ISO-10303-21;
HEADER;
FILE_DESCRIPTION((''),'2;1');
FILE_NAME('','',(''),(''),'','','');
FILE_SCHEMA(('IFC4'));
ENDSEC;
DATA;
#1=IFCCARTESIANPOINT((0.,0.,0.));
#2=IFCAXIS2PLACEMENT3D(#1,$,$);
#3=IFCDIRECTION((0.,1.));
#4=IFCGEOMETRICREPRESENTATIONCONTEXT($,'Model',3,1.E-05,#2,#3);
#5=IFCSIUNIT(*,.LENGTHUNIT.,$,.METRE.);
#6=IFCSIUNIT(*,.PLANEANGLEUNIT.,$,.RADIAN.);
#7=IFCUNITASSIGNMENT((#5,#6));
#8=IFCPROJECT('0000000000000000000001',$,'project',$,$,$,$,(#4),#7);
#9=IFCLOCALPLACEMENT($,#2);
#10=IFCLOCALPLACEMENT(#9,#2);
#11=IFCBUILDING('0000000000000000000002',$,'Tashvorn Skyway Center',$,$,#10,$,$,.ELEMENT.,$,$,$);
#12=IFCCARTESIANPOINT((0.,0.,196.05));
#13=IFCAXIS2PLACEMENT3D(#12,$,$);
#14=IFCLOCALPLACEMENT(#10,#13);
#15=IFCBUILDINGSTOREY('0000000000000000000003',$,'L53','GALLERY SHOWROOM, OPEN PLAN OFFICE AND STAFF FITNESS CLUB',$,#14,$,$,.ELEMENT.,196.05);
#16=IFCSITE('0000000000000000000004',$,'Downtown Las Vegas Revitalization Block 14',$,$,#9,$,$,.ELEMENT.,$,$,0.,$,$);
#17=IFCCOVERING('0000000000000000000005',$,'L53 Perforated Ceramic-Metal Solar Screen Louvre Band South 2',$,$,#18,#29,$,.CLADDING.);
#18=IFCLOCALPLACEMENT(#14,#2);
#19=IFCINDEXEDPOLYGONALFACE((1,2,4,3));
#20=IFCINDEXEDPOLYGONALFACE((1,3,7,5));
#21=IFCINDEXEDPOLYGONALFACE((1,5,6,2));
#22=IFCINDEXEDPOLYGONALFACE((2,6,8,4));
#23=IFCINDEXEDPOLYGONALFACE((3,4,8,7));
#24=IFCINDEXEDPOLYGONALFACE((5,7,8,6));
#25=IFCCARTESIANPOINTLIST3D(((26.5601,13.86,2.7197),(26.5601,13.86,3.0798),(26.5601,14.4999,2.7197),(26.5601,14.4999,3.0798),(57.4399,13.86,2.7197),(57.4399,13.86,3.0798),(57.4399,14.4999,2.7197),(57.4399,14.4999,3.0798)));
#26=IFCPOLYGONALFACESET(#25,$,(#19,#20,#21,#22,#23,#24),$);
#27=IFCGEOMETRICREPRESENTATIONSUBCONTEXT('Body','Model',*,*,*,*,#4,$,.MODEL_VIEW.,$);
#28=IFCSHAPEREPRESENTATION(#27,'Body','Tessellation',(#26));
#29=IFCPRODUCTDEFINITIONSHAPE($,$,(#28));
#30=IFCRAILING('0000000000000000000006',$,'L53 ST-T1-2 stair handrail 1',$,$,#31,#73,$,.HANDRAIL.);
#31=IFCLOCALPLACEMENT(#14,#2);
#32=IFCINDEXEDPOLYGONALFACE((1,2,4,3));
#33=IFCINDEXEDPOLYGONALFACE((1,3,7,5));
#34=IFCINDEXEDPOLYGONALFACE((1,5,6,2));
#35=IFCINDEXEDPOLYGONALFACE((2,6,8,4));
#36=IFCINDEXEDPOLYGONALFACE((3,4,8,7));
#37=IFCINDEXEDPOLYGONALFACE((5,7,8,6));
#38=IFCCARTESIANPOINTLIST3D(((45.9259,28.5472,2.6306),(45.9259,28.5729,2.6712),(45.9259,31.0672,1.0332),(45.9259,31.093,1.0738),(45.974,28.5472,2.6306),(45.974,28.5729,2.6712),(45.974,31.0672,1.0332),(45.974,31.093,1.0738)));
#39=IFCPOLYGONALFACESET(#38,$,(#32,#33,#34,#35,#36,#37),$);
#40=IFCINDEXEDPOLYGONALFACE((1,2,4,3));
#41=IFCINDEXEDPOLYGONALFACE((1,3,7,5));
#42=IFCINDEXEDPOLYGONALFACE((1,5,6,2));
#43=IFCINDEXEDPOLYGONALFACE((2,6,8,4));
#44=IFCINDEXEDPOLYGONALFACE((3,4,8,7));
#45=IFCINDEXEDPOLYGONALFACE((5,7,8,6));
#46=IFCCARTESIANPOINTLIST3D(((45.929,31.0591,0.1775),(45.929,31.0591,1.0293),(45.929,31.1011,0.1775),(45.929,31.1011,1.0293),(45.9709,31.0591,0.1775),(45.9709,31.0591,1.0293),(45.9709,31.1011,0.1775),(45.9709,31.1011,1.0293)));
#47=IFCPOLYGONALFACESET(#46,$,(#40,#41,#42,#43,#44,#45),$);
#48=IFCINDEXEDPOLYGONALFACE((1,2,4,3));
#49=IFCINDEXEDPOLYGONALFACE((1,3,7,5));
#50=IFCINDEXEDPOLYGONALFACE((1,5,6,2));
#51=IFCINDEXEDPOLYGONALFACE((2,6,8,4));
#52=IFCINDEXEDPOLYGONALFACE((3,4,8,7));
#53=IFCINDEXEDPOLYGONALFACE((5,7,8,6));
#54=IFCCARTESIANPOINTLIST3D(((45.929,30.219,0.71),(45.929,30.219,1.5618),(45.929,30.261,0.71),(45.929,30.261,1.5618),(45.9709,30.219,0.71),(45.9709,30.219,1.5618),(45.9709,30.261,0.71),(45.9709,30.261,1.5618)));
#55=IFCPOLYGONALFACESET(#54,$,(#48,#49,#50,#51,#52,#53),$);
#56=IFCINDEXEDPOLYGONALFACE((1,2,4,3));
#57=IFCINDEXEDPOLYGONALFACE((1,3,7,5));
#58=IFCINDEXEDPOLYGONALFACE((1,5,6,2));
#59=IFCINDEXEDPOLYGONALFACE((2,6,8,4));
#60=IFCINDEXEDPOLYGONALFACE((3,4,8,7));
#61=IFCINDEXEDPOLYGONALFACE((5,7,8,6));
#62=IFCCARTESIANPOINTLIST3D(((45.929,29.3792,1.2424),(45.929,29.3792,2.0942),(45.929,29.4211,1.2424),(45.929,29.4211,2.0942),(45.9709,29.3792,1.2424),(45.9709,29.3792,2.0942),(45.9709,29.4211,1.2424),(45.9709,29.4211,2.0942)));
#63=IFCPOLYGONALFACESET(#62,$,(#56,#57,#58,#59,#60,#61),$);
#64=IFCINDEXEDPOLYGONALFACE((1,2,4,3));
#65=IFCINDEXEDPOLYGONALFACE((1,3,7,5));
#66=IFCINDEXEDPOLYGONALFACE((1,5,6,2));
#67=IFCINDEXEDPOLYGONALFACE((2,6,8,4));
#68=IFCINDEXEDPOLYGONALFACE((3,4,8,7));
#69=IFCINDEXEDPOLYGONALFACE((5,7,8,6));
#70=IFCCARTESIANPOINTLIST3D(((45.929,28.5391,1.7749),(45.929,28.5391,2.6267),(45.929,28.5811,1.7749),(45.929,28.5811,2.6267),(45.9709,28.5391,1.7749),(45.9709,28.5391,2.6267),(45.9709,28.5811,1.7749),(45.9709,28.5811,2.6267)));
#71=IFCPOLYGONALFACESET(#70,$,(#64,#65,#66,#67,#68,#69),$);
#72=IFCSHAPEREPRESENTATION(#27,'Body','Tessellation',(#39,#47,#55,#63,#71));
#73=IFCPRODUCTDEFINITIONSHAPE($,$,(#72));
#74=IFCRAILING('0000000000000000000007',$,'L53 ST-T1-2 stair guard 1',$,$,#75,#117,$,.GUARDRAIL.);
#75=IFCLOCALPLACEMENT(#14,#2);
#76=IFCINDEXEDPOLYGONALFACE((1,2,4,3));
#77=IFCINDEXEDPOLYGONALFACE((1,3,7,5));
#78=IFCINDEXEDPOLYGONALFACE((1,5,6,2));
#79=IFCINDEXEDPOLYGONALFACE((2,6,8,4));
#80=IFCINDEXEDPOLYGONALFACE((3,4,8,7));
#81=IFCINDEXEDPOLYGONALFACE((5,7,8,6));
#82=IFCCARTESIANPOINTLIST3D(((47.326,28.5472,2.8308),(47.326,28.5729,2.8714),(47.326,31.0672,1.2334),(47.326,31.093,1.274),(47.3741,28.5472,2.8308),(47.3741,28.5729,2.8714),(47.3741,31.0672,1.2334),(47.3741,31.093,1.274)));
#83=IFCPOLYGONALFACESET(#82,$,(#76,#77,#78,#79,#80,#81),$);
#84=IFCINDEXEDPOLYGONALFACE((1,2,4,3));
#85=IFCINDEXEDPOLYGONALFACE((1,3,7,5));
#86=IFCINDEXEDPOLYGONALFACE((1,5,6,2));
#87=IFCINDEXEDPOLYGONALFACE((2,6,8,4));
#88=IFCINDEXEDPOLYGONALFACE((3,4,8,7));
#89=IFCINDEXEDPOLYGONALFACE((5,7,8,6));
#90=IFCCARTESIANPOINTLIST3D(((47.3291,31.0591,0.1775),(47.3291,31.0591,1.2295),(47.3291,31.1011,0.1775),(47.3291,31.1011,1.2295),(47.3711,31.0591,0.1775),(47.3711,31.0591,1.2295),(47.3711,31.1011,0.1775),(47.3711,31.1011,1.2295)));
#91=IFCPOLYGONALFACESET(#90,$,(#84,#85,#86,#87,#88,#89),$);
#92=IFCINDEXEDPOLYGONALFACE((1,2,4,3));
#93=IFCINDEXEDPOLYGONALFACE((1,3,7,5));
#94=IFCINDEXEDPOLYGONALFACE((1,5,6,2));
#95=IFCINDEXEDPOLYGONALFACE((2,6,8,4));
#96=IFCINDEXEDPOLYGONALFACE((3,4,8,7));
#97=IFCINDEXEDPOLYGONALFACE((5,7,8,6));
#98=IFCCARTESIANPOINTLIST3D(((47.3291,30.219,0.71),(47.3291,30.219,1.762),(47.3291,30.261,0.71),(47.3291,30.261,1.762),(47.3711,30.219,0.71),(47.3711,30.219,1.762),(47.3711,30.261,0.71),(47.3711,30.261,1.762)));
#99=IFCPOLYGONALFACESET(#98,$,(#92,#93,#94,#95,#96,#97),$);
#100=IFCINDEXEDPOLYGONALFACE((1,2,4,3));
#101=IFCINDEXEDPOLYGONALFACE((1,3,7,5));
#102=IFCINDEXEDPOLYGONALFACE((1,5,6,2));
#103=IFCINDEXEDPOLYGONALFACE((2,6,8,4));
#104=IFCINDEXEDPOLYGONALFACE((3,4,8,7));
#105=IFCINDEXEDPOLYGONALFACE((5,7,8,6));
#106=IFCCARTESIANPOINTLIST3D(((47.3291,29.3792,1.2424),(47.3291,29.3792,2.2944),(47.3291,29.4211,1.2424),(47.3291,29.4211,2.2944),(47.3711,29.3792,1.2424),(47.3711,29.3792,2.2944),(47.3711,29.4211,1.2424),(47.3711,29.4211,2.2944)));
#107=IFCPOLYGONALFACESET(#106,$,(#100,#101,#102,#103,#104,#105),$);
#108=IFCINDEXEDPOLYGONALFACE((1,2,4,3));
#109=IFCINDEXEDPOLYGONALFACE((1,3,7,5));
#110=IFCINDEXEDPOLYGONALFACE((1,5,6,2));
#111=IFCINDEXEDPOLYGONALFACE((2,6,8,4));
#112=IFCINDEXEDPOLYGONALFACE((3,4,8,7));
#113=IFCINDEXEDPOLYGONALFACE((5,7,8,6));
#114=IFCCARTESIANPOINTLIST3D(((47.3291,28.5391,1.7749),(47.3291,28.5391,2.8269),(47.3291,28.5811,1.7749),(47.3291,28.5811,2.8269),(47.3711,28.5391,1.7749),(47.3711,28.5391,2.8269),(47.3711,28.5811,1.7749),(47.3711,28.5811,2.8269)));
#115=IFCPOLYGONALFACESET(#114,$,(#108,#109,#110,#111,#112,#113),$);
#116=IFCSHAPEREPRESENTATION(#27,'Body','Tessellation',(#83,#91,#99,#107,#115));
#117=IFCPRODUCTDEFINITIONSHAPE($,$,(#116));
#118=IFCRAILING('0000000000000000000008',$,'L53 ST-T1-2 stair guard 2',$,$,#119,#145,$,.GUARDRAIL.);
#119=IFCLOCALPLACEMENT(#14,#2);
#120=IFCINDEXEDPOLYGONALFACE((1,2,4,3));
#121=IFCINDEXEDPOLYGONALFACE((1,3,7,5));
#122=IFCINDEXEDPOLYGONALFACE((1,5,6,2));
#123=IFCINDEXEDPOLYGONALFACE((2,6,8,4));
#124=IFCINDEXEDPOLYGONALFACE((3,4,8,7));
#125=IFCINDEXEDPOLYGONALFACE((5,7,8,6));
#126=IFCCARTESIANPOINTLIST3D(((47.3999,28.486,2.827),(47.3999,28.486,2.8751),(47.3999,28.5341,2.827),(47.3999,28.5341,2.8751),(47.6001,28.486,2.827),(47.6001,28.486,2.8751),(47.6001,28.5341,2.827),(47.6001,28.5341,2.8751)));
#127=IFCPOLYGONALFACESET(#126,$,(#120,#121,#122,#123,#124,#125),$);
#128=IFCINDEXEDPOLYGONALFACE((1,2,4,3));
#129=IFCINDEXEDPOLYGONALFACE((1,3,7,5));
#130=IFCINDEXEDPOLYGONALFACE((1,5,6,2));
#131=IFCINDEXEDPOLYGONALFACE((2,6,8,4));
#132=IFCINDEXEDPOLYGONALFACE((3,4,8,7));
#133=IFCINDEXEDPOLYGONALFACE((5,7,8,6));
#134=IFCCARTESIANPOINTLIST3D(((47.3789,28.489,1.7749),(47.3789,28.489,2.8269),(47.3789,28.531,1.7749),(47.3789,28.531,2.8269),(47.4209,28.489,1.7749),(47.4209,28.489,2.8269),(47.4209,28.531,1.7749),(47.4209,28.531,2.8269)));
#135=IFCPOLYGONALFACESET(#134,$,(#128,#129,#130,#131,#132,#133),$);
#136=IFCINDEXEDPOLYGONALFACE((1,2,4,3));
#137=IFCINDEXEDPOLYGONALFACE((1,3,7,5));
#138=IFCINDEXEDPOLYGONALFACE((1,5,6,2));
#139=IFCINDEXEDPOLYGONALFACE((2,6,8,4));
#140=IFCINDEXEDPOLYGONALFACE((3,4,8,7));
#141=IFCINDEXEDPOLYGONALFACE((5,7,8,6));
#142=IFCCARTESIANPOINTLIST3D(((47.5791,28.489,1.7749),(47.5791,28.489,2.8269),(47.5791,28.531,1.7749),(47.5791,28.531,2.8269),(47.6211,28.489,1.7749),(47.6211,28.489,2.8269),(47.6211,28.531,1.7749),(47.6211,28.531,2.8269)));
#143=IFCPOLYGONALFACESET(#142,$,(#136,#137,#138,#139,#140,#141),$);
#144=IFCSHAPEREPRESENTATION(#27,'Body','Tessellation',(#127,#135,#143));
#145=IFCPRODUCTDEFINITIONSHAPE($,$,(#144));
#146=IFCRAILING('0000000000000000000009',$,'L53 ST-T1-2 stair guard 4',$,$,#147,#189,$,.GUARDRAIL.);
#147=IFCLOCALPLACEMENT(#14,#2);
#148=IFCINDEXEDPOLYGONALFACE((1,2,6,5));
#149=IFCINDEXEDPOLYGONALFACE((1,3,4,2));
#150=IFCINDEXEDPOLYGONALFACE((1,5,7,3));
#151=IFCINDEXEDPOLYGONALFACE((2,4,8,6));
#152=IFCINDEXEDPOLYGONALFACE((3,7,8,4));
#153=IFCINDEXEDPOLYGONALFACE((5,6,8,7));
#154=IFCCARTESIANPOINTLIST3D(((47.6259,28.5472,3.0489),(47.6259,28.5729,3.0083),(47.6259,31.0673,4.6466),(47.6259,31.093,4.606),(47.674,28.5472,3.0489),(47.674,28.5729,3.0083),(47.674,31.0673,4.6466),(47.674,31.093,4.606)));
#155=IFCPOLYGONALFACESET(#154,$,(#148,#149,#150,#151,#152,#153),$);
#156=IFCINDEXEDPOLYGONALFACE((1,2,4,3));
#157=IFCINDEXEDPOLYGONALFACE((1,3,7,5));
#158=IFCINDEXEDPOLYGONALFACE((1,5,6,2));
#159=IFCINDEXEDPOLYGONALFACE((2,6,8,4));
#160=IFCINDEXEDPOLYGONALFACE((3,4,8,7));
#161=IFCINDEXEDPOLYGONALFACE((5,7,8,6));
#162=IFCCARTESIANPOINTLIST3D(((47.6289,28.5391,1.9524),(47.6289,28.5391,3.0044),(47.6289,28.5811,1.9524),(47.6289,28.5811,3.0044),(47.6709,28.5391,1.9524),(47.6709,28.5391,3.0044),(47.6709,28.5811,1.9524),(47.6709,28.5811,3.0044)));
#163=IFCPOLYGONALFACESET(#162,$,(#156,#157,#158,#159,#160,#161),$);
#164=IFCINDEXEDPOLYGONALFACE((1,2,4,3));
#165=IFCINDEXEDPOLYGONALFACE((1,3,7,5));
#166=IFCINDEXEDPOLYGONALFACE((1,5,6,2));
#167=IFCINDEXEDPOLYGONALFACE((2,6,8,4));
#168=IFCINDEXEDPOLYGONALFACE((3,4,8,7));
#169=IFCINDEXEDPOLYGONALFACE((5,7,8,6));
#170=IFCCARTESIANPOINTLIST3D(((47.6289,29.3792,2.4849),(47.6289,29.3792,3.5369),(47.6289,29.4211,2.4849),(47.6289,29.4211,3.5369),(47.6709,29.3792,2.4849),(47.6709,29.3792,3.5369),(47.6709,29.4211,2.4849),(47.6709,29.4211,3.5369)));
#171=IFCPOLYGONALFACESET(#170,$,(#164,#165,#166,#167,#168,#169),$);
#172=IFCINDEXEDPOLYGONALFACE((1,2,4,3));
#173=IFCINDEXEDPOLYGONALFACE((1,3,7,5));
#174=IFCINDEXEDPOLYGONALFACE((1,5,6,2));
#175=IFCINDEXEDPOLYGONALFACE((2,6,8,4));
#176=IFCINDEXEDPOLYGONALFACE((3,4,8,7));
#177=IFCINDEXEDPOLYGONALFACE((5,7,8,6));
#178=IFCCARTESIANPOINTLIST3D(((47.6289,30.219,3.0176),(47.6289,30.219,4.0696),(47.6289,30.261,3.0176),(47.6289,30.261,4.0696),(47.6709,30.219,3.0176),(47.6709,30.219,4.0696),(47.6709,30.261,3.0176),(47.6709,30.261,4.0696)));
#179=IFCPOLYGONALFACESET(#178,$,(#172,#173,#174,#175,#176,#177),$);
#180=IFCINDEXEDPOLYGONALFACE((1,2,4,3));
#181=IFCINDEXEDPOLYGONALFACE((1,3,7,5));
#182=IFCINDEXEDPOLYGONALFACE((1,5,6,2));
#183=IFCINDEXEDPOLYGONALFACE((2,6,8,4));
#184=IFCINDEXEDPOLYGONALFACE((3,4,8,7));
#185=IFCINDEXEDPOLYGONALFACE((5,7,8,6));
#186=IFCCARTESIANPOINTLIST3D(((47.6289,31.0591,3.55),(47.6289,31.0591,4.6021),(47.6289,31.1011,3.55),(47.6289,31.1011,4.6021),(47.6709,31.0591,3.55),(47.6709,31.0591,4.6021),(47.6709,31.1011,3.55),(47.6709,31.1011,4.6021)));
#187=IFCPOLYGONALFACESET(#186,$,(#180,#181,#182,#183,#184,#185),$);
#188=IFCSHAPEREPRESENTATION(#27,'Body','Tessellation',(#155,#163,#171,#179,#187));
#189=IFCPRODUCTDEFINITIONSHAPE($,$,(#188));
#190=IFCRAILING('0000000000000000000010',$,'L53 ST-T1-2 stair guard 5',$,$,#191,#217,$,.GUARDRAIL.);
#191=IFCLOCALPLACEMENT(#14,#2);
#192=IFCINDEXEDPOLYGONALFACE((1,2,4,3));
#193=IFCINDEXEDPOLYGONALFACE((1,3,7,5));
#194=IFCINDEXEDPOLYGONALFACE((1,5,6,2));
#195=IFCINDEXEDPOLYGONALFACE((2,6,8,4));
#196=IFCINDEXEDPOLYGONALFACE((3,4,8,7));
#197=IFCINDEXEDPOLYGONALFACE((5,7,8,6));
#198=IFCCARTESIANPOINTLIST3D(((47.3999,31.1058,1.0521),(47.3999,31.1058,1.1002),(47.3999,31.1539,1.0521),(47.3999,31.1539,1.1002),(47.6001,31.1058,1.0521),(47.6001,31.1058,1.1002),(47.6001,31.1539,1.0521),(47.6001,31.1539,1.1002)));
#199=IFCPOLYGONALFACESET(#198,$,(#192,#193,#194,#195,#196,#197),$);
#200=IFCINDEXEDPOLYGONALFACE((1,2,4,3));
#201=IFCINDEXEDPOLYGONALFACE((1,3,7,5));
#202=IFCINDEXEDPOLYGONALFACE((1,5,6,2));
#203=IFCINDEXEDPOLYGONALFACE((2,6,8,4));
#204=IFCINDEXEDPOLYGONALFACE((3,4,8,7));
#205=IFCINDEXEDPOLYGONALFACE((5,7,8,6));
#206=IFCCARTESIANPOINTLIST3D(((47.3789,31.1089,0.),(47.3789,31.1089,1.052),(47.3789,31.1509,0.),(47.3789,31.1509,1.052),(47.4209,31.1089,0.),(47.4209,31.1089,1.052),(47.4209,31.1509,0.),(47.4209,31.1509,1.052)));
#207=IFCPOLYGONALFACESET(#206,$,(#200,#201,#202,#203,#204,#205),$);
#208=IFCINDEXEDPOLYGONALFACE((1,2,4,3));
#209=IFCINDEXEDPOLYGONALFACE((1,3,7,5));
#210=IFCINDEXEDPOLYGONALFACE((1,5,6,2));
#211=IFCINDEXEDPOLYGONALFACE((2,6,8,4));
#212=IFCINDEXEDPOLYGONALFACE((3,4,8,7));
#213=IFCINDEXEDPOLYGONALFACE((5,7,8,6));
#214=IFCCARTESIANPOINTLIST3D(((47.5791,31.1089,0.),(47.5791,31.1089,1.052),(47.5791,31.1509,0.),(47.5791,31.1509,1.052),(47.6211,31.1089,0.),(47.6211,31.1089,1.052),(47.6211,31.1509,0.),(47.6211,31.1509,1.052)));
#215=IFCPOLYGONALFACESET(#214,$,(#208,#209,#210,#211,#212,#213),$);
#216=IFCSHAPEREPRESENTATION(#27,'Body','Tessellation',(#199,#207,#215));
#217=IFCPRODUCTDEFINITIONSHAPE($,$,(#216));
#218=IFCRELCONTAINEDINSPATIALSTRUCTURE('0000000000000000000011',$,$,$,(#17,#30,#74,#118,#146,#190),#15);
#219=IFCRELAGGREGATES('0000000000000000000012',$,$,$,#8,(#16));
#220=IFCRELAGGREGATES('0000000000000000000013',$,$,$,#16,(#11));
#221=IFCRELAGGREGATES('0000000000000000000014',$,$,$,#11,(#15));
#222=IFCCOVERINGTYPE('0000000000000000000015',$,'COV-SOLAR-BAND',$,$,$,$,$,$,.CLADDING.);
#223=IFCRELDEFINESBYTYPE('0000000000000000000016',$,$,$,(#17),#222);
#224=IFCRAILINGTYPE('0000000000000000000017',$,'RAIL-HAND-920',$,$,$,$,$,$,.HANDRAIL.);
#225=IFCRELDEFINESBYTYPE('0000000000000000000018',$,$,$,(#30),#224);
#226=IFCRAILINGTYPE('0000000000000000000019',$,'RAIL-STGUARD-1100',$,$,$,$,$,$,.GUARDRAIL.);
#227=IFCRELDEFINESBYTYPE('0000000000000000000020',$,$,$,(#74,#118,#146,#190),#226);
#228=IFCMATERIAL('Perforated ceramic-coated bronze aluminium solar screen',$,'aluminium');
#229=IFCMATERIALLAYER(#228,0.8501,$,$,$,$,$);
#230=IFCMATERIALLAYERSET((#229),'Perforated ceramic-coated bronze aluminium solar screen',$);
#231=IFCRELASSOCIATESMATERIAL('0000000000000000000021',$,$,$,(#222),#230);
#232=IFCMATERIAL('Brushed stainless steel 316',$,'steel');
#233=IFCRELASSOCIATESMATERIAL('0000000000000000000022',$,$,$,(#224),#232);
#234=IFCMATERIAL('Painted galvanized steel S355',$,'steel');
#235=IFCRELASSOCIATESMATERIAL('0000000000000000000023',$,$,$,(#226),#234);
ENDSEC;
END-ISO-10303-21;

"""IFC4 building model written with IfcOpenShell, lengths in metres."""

from ifc_helpers import new_model, si_unit, direction, frame, origin, origin_2d, place, context, subcontext, project, spatial, rectangle, extrude, material, layer, layer_set, type_object, element, save


model = new_model("IFC4")

# Units and contexts
model_context = context("Model", 3, precision=1e-05, world=origin(), true_north=direction((0.0, 1.0)))
body_context = subcontext(model_context, "Body", "Model", "MODEL_VIEW")
ifc_project = project(units=[si_unit("LENGTHUNIT", "METRE"), si_unit("PLANEANGLEUNIT", "RADIAN")], contexts=[model_context])

# Site, building, storey
site_placement = place(None, origin())
site = spatial("IfcSite", under=ifc_project, at=site_placement, Name="Downtown Las Vegas Revitalization Block 14", CompositionType="ELEMENT", RefElevation=0.0)
building_placement = place(site_placement, origin())
building = spatial("IfcBuilding", under=site, at=building_placement, Name="Tashvorn Skyway Center", CompositionType="ELEMENT")
storey_placement = place(building_placement, frame((0.0, 0.0, 196.05)))
storey = spatial("IfcBuildingStorey", under=building, at=storey_placement, Name="L53", Description="GALLERY SHOWROOM, OPEN PLAN OFFICE AND STAFF FITNESS CLUB", CompositionType="ELEMENT", Elevation=196.05)

# Covering
ifc_material_1 = material(Name="Perforated ceramic-coated bronze aluminium solar screen", Category="aluminium")
ifc_layer_1 = layer(ifc_material_1, 0.8501)
ifc_layer_set_1 = layer_set([ifc_layer_1], Name="Perforated ceramic-coated bronze aluminium solar screen")
covering_type_1 = type_object("IfcCoveringType", Name="COV-SOLAR-BAND", PredefinedType="CLADDING", material=ifc_layer_set_1)
for number, where, z_axis, x_axis, name in (
    (1, (42.0, 14.1799, 2.7197), (0.0, 0.0, 1.0), (-1.0, 0.0, 0.0), "L53 Perforated Ceramic-Metal Solar Screen Louvre Band South 2"),
):
    element("IfcCovering", number, at=place(storey_placement, frame(where, z_axis=z_axis, x_axis=x_axis)), inside=storey, type_object=covering_type_1, Name=name, PredefinedType="CLADDING", context=body_context, shape_type="SweptSolid", body=[
        extrude(rectangle(XDim=30.8799, YDim=0.6399, at=origin_2d()), origin(), (0.0, 0.0, 1.0), 0.3601),
    ])

# Railings
ifc_material_2 = material(Name="Brushed stainless steel 316", Category="steel")
railing_type_1 = type_object("IfcRailingType", Name="RAIL-HAND-920", PredefinedType="HANDRAIL", material=ifc_material_2)
railing_1_placement = place(storey_placement, frame((45.95, 31.0801, 0.1775)))
element("IfcRailing", 2, at=railing_1_placement, inside=storey, type_object=railing_type_1, Name="L53 ST-T1-2 stair handrail 1", PredefinedType="HANDRAIL", context=body_context, shape_type="SweptSolid", body=[
    extrude(rectangle(XDim=0.0481, YDim=0.0481, at=origin_2d()), frame((0.0, 0.0, 0.876), z_axis=(0.0, -0.844607, 0.535387), x_axis=(1.0, 0.0, 0.0)), (0.0, 0.0, 1.0), 2.9836),
    extrude(rectangle(XDim=0.042, YDim=0.042, at=origin_2d()), origin(), (0.0, 0.0, 1.0), 0.8518),
    extrude(rectangle(XDim=0.042, YDim=0.042, at=origin_2d()), frame((0.0, -0.8401, 0.5325)), (0.0, 0.0, 1.0), 0.8518),
    extrude(rectangle(XDim=0.042, YDim=0.042, at=origin_2d()), frame((0.0, -1.6799, 1.0649)), (0.0, 0.0, 1.0), 0.8518),
    extrude(rectangle(XDim=0.042, YDim=0.042, at=origin_2d()), frame((0.0, -2.52, 1.5974)), (0.0, 0.0, 1.0), 0.8518),
])
ifc_material_3 = material(Name="Painted galvanized steel S355", Category="steel")
railing_type_2 = type_object("IfcRailingType", Name="RAIL-STGUARD-1100", PredefinedType="GUARDRAIL", material=ifc_material_3)
railing_2_placement = place(storey_placement, frame((47.3501, 31.0801, 0.1775)))
element("IfcRailing", 3, at=railing_2_placement, inside=storey, type_object=railing_type_2, Name="L53 ST-T1-2 stair guard 1", PredefinedType="GUARDRAIL", context=body_context, shape_type="SweptSolid", body=[
    extrude(rectangle(XDim=0.0481, YDim=0.0481, at=origin_2d()), frame((0.0, 0.0, 1.0762), z_axis=(0.0, -0.844607, 0.535387), x_axis=(1.0, 0.0, 0.0)), (0.0, 0.0, 1.0), 2.9836),
    extrude(rectangle(XDim=0.042, YDim=0.042, at=origin_2d()), origin(), (0.0, 0.0, 1.0), 1.052),
    extrude(rectangle(XDim=0.042, YDim=0.042, at=origin_2d()), frame((0.0, -0.8401, 0.5325)), (0.0, 0.0, 1.0), 1.052),
    extrude(rectangle(XDim=0.042, YDim=0.042, at=origin_2d()), frame((0.0, -1.6799, 1.0649)), (0.0, 0.0, 1.0), 1.052),
    extrude(rectangle(XDim=0.042, YDim=0.042, at=origin_2d()), frame((0.0, -2.52, 1.5974)), (0.0, 0.0, 1.0), 1.052),
])
railing_3_placement = place(storey_placement, frame((47.3999, 28.51, 1.7749)))
element("IfcRailing", 4, at=railing_3_placement, inside=storey, type_object=railing_type_2, Name="L53 ST-T1-2 stair guard 2", PredefinedType="GUARDRAIL", context=body_context, shape_type="SweptSolid", body=[
    extrude(rectangle(XDim=0.0481, YDim=0.0481, at=origin_2d()), frame((0.0, 0.0, 1.0762), z_axis=(1.0, 0.0, 0.0), x_axis=(0.0, 1.0, 0.0)), (0.0, 0.0, 1.0), 0.2002),
    extrude(rectangle(XDim=0.042, YDim=0.042, at=origin_2d()), origin(), (0.0, 0.0, 1.0), 1.052),
    extrude(rectangle(XDim=0.042, YDim=0.042, at=origin_2d()), frame((0.2002, 0.0, 0.0)), (0.0, 0.0, 1.0), 1.052),
])
railing_4_placement = place(storey_placement, frame((47.6499, 28.5601, 1.9524)))
element("IfcRailing", 5, at=railing_4_placement, inside=storey, type_object=railing_type_2, Name="L53 ST-T1-2 stair guard 4", PredefinedType="GUARDRAIL", context=body_context, shape_type="SweptSolid", body=[
    extrude(rectangle(XDim=0.0481, YDim=0.0481, at=origin_2d()), frame((0.0, 0.0, 1.0762), z_axis=(0.0, 0.84457, 0.535445), x_axis=(-1.0, 0.0, 0.0)), (0.0, 0.0, 1.0), 2.9839),
    extrude(rectangle(XDim=0.042, YDim=0.042, at=origin_2d()), origin(), (0.0, 0.0, 1.0), 1.052),
    extrude(rectangle(XDim=0.042, YDim=0.042, at=origin_2d()), frame((0.0, 0.8401, 0.5325)), (0.0, 0.0, 1.0), 1.052),
    extrude(rectangle(XDim=0.042, YDim=0.042, at=origin_2d()), frame((0.0, 1.6799, 1.0652)), (0.0, 0.0, 1.0), 1.052),
    extrude(rectangle(XDim=0.042, YDim=0.042, at=origin_2d()), frame((0.0, 2.52, 1.5977)), (0.0, 0.0, 1.0), 1.052),
])
railing_5_placement = place(storey_placement, frame((47.3999, 31.1299, 0.0)))
element("IfcRailing", 6, at=railing_5_placement, inside=storey, type_object=railing_type_2, Name="L53 ST-T1-2 stair guard 5", PredefinedType="GUARDRAIL", context=body_context, shape_type="SweptSolid", body=[
    extrude(rectangle(XDim=0.0481, YDim=0.0481, at=origin_2d()), frame((0.0, 0.0, 1.0762), z_axis=(1.0, 0.0, 0.0), x_axis=(0.0, 1.0, 0.0)), (0.0, 0.0, 1.0), 0.2002),
    extrude(rectangle(XDim=0.042, YDim=0.042, at=origin_2d()), origin(), (0.0, 0.0, 1.0), 1.052),
    extrude(rectangle(XDim=0.042, YDim=0.042, at=origin_2d()), frame((0.2002, 0.0, 0.0)), (0.0, 0.0, 1.0), 1.052),
])

save(model, "model.ifc")
